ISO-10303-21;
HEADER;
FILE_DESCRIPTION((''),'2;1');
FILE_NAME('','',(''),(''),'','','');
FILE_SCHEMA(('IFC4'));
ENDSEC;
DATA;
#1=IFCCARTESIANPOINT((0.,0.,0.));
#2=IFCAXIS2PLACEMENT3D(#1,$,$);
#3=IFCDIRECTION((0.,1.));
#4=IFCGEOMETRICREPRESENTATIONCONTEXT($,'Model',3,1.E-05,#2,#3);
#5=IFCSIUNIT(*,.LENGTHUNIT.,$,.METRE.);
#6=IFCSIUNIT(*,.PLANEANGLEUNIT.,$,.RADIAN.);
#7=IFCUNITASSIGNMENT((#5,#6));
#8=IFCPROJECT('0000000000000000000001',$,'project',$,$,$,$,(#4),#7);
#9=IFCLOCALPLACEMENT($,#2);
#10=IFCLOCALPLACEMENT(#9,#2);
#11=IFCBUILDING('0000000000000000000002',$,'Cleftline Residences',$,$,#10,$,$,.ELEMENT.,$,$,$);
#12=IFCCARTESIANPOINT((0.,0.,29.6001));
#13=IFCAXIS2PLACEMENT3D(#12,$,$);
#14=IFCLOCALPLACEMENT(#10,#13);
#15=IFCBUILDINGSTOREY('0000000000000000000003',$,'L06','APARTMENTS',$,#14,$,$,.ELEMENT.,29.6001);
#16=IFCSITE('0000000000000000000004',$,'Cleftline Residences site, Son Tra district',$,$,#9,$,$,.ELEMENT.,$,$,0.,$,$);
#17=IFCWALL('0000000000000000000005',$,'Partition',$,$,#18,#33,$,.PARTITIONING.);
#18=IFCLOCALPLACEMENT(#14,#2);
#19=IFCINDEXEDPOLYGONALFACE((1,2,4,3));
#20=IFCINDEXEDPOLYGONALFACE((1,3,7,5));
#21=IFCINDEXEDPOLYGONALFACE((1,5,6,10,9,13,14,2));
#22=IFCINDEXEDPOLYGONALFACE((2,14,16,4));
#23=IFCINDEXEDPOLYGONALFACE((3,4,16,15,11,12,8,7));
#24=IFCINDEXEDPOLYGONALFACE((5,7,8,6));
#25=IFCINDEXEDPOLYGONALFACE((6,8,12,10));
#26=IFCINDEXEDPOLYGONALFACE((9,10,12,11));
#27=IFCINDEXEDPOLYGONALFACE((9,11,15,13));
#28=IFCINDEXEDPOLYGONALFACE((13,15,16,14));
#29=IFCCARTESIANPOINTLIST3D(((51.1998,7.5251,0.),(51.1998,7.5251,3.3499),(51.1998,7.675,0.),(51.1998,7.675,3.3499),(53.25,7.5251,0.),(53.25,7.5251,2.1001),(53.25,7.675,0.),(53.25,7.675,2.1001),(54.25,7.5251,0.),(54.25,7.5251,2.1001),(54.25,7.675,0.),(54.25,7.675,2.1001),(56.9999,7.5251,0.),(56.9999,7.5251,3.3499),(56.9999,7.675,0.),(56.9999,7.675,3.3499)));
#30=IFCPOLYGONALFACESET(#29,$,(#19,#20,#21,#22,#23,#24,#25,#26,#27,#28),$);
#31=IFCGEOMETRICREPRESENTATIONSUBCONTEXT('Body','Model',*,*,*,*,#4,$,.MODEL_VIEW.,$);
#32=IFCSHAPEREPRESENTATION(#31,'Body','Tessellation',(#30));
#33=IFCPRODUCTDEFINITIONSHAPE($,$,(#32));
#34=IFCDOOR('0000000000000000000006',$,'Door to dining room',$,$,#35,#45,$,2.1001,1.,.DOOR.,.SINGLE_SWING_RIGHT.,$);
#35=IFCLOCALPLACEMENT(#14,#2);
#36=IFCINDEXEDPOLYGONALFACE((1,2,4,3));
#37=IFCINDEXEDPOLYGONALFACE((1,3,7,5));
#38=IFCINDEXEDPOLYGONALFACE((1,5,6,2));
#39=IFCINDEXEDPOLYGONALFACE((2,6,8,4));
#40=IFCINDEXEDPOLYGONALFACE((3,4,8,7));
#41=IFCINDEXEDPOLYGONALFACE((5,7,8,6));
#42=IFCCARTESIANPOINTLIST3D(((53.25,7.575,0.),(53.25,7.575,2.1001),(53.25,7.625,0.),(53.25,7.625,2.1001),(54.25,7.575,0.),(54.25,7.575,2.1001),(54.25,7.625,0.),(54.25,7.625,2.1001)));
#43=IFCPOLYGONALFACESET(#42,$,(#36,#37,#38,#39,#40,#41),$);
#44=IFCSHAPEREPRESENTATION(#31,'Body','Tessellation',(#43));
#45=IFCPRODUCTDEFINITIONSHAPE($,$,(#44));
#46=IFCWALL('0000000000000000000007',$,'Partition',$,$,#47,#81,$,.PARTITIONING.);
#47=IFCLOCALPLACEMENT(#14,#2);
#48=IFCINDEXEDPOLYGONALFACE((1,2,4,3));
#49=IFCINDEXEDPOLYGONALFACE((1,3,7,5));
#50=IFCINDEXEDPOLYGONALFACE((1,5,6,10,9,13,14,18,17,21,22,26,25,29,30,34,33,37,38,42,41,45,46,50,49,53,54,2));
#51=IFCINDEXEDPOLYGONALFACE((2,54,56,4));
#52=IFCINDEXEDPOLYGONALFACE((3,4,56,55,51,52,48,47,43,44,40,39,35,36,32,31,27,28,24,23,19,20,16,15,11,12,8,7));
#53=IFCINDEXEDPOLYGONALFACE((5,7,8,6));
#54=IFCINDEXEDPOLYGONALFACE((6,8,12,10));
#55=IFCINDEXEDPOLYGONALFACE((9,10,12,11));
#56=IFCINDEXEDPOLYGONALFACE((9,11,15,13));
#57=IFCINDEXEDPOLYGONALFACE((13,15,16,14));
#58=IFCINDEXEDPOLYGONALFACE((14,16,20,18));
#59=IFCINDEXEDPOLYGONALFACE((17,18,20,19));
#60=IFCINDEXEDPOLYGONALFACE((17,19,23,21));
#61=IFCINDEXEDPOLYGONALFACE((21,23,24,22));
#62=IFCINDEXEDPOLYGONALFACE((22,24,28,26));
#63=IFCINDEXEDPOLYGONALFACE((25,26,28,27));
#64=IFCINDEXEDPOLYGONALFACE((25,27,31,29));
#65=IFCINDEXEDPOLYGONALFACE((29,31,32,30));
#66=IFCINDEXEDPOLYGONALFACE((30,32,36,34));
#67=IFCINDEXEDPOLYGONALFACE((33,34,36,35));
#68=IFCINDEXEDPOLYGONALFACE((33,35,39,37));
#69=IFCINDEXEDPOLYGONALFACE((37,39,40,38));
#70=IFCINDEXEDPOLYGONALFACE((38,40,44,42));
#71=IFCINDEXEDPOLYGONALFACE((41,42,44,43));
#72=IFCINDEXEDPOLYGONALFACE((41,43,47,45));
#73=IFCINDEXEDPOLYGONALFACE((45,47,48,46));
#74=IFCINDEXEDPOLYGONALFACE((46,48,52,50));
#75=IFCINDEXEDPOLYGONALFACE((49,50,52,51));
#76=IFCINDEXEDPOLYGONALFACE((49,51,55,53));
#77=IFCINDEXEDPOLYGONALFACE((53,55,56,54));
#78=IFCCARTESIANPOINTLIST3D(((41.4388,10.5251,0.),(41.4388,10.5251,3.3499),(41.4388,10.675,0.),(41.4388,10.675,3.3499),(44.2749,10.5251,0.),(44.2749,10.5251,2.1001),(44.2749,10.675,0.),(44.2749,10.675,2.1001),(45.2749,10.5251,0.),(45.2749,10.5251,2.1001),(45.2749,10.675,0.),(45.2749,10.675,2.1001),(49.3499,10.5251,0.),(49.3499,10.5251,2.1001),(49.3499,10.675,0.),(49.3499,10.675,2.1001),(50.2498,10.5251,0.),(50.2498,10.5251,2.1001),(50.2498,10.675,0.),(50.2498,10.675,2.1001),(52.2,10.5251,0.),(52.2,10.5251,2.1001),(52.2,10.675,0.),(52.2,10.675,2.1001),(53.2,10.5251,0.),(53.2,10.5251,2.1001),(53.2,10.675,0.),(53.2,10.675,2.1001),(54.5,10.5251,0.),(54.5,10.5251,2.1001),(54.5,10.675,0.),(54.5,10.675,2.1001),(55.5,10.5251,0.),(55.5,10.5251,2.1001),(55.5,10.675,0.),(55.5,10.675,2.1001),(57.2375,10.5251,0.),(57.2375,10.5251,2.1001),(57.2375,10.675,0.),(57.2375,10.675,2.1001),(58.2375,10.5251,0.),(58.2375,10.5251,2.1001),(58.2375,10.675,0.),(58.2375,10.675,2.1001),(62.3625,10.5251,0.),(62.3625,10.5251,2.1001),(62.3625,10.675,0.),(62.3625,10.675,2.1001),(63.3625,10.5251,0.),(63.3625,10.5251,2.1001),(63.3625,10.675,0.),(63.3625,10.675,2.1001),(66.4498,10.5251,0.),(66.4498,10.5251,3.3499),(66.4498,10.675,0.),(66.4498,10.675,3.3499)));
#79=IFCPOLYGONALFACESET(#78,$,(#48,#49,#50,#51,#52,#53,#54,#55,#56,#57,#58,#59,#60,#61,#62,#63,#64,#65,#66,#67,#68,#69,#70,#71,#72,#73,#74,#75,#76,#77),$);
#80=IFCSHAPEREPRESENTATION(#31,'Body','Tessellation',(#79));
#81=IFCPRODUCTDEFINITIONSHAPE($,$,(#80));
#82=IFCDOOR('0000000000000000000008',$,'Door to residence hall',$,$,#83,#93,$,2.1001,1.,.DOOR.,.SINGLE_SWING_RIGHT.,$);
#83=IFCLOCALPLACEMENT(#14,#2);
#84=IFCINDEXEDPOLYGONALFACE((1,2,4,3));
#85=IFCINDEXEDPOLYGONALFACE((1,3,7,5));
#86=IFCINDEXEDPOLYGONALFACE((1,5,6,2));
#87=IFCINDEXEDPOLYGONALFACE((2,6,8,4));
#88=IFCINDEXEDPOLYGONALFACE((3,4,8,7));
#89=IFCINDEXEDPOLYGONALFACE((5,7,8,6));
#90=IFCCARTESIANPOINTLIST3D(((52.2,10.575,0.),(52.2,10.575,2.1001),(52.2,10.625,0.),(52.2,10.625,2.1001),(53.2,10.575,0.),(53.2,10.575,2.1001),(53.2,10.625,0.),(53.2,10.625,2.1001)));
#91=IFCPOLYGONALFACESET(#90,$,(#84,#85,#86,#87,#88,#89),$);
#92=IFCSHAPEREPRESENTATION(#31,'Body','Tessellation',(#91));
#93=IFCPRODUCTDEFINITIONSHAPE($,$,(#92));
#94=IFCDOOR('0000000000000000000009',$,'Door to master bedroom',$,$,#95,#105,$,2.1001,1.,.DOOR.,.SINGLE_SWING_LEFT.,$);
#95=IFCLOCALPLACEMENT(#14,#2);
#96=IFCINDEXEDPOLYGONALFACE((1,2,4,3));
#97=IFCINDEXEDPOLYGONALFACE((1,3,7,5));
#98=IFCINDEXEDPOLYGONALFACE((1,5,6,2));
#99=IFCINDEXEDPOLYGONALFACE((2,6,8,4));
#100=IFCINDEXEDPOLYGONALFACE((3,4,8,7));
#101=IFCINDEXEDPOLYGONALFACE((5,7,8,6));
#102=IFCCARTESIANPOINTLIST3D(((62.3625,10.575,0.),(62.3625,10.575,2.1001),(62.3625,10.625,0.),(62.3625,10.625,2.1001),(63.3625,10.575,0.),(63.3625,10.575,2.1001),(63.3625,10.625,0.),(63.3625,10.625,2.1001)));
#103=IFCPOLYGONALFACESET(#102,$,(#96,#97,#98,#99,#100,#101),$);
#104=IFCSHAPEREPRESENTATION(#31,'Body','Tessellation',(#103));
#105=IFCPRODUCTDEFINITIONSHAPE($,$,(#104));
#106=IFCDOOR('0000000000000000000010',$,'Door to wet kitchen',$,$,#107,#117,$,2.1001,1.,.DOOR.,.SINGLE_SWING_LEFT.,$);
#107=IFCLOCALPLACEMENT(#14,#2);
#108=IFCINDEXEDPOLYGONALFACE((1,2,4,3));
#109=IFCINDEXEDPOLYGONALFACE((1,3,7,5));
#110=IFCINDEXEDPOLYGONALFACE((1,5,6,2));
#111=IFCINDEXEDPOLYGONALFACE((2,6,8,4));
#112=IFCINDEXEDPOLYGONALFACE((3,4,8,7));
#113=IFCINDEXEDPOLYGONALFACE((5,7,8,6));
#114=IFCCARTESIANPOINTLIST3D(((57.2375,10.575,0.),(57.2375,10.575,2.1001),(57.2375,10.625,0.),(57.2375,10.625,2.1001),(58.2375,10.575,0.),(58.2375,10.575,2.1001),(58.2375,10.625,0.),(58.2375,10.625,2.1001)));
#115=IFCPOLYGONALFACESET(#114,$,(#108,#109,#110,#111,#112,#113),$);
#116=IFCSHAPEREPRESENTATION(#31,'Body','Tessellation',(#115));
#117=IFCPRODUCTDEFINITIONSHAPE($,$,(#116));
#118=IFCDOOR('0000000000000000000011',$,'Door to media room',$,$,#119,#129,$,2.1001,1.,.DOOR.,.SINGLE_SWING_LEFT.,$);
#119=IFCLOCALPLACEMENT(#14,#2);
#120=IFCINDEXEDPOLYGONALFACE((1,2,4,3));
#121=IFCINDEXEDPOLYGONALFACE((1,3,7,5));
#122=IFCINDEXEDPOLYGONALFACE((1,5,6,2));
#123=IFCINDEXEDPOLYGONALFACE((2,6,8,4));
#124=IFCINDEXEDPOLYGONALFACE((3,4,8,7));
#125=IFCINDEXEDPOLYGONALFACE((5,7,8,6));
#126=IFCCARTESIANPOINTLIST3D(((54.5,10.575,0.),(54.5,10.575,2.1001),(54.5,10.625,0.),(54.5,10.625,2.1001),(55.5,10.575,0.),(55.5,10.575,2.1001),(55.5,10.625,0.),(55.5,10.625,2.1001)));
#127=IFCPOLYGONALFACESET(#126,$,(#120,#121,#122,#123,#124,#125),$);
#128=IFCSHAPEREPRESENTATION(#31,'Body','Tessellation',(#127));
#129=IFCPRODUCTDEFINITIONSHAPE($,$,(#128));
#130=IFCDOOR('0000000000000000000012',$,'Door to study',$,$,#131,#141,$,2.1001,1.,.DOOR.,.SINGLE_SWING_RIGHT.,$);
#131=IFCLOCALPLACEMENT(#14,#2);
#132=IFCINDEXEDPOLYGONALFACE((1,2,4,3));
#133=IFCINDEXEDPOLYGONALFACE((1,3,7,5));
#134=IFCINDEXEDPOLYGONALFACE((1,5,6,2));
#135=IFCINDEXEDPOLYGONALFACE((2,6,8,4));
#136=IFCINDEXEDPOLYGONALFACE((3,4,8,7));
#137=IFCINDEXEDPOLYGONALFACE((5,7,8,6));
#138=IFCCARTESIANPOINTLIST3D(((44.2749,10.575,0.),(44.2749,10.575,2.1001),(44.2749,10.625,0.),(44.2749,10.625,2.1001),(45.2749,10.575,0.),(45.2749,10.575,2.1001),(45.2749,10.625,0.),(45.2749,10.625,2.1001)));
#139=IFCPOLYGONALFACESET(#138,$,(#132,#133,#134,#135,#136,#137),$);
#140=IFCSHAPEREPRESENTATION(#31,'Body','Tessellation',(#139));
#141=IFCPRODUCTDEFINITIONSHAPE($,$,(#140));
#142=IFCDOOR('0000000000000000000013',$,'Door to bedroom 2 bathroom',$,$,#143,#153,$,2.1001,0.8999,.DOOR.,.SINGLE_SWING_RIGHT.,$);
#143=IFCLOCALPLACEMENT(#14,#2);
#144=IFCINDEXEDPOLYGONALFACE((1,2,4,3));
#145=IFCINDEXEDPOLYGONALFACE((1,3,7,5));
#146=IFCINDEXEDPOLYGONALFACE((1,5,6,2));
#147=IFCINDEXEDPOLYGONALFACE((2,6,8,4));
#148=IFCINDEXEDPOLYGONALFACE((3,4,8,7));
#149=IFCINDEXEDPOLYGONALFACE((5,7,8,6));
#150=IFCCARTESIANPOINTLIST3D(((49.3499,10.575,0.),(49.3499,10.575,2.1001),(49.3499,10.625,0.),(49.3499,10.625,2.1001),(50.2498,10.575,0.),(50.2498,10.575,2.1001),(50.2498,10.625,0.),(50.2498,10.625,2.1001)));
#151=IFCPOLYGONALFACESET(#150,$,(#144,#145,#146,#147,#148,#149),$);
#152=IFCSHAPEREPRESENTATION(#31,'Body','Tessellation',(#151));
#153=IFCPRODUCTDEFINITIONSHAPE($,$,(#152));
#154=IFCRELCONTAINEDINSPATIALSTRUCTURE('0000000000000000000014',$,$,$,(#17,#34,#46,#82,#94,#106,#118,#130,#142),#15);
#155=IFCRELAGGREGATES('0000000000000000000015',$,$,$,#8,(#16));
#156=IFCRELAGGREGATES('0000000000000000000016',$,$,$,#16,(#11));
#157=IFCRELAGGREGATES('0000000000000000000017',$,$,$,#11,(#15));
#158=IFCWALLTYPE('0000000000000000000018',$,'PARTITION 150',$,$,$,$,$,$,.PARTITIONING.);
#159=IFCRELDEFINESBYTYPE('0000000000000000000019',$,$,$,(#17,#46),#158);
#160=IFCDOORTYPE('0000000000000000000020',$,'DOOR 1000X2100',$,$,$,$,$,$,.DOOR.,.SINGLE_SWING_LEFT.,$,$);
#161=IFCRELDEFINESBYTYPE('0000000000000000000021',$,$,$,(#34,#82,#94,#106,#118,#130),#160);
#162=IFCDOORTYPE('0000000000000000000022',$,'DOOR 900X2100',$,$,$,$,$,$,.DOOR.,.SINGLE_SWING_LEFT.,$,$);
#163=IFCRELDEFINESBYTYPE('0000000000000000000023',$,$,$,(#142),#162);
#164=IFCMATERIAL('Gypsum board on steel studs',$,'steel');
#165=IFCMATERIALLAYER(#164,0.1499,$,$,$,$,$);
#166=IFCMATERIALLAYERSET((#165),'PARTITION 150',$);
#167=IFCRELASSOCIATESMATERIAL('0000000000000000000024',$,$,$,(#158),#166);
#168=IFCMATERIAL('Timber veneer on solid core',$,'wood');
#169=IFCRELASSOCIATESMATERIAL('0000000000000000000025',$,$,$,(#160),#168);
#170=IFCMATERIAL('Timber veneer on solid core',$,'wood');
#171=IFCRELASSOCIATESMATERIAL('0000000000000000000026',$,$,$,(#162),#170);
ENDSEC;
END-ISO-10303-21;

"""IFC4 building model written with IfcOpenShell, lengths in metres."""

from ifc_helpers import new_model, si_unit, direction, frame, frame_2d, origin, place, context, subcontext, project, spatial, rectangle, extrude, material, layer, layer_set, type_object, element, fill, save


model = new_model("IFC4")

# Units and contexts
model_context = context("Model", 3, precision=1e-05, world=origin(), true_north=direction((0.0, 1.0)))
body_context = subcontext(model_context, "Body", "Model", "MODEL_VIEW")
ifc_project = project(units=[si_unit("LENGTHUNIT", "METRE"), si_unit("PLANEANGLEUNIT", "RADIAN")], contexts=[model_context])

# Site, building, storey
site_placement = place(None, origin())
site = spatial("IfcSite", under=ifc_project, at=site_placement, Name="Cleftline Residences site, Son Tra district", CompositionType="ELEMENT", RefElevation=0.0)
building_placement = place(site_placement, origin())
building = spatial("IfcBuilding", under=site, at=building_placement, Name="Cleftline Residences", CompositionType="ELEMENT")
storey_placement = place(building_placement, frame((0.0, 0.0, 29.6001)))
storey = spatial("IfcBuildingStorey", under=building, at=storey_placement, Name="L06", Description="APARTMENTS", CompositionType="ELEMENT", Elevation=29.6001)

# Shared definitions
ifc_material_1 = material(Name="Gypsum board on steel studs", Category="steel")
ifc_layer_1 = layer(ifc_material_1, 0.1499)
ifc_layer_set_1 = layer_set([ifc_layer_1], Name="PARTITION 150")
wall_type = type_object("IfcWallType", Name="PARTITION 150", PredefinedType="PARTITIONING", material=ifc_layer_set_1)
ifc_material_2 = material(Name="Timber veneer on solid core", Category="wood")
door_type_1 = type_object("IfcDoorType", Name="DOOR 1000X2100", OperationType="SINGLE_SWING_LEFT", PredefinedType="DOOR", material=ifc_material_2)

# Wall, opening, door
wall_1_placement = place(storey_placement, frame((51.2, 7.6001, 0.0), z_axis=(0.0, 0.0, 1.0), x_axis=(1.0, 0.0, 0.0)))
wall_1 = element("IfcWall", 1, at=wall_1_placement, inside=storey, type_object=wall_type, Name="Partition", PredefinedType="PARTITIONING", context=body_context, shape_type="SweptSolid", body=[
    extrude(rectangle(XDim=5.8, YDim=0.1499, at=frame_2d((2.8999, 0.0))), origin(), (0.0, 0.0, 1.0), 3.3499),
])
opening_1_placement = place(wall_1_placement, frame((2.05, 0.0, 0.0)))
opening_1 = element("IfcOpeningElement", 2, at=opening_1_placement, cuts=wall_1, PredefinedType="OPENING", context=body_context, shape_type="SweptSolid", body=[
    extrude(rectangle(XDim=1.0, YDim=2.1001, at=frame_2d((0.5, 1.05))), frame((0.0, 0.085, 0.0), z_axis=(0.0, -1.0, 0.0), x_axis=(1.0, 0.0, 0.0)), (0.0, 0.0, 1.0), 0.1699),
])
door_1_placement = place(opening_1_placement, origin())
door_1 = element("IfcDoor", 3, at=door_1_placement, inside=storey, type_object=door_type_1, Name="Door to dining room", OperationType="SINGLE_SWING_RIGHT", OverallHeight=2.1001, OverallWidth=1.0, PredefinedType="DOOR", context=body_context, shape_type="SweptSolid", body=[
    extrude(rectangle(XDim=1.0, YDim=2.1001, at=frame_2d((0.5, 1.05))), frame((0.0, 0.0249, 0.0), z_axis=(0.0, -1.0, 0.0), x_axis=(1.0, 0.0, 0.0)), (0.0, 0.0, 1.0), 0.05),
])
fill(opening_1, door_1)

# Wall, openings, doors
wall_2_placement = place(storey_placement, frame((41.439, 10.6001, 0.0), z_axis=(0.0, 0.0, 1.0), x_axis=(1.0, 0.0, 0.0)))
wall_2 = element("IfcWall", 4, at=wall_2_placement, inside=storey, type_object=wall_type, Name="Partition", PredefinedType="PARTITIONING", context=body_context, shape_type="SweptSolid", body=[
    extrude(rectangle(XDim=25.011, YDim=0.1499, at=frame_2d((12.5054, 0.0))), origin(), (0.0, 0.0, 1.0), 3.3499),
])
opening_2_placement = place(wall_2_placement, frame((10.761, 0.0, 0.0)))
opening_2 = element("IfcOpeningElement", 5, at=opening_2_placement, cuts=wall_2, PredefinedType="OPENING", context=body_context, shape_type="SweptSolid", body=[
    extrude(rectangle(XDim=1.0, YDim=2.1001, at=frame_2d((0.5, 1.05))), frame((0.0, 0.085, 0.0), z_axis=(0.0, -1.0, 0.0), x_axis=(1.0, 0.0, 0.0)), (0.0, 0.0, 1.0), 0.1699),
])
opening_3_placement = place(wall_2_placement, frame((20.9236, 0.0, 0.0)))
opening_3 = element("IfcOpeningElement", 6, at=opening_3_placement, cuts=wall_2, PredefinedType="OPENING", context=body_context, shape_type="SweptSolid", body=[
    extrude(rectangle(XDim=1.0, YDim=2.1001, at=frame_2d((0.5, 1.05))), frame((0.0, 0.085, 0.0), z_axis=(0.0, -1.0, 0.0), x_axis=(1.0, 0.0, 0.0)), (0.0, 0.0, 1.0), 0.1699),
])
opening_4_placement = place(wall_2_placement, frame((15.7986, 0.0, 0.0)))
opening_4 = element("IfcOpeningElement", 7, at=opening_4_placement, cuts=wall_2, PredefinedType="OPENING", context=body_context, shape_type="SweptSolid", body=[
    extrude(rectangle(XDim=1.0, YDim=2.1001, at=frame_2d((0.5, 1.05))), frame((0.0, 0.085, 0.0), z_axis=(0.0, -1.0, 0.0), x_axis=(1.0, 0.0, 0.0)), (0.0, 0.0, 1.0), 0.1699),
])
opening_5_placement = place(wall_2_placement, frame((13.061, 0.0, 0.0)))
opening_5 = element("IfcOpeningElement", 8, at=opening_5_placement, cuts=wall_2, PredefinedType="OPENING", context=body_context, shape_type="SweptSolid", body=[
    extrude(rectangle(XDim=1.0, YDim=2.1001, at=frame_2d((0.5, 1.05))), frame((0.0, 0.085, 0.0), z_axis=(0.0, -1.0, 0.0), x_axis=(1.0, 0.0, 0.0)), (0.0, 0.0, 1.0), 0.1699),
])
opening_6_placement = place(wall_2_placement, frame((7.9109, 0.0, 0.0)))
opening_6 = element("IfcOpeningElement", 9, at=opening_6_placement, cuts=wall_2, PredefinedType="OPENING", context=body_context, shape_type="SweptSolid", body=[
    extrude(rectangle(XDim=0.8999, YDim=2.1001, at=frame_2d((0.45, 1.05))), frame((0.0, 0.085, 0.0), z_axis=(0.0, -1.0, 0.0), x_axis=(1.0, 0.0, 0.0)), (0.0, 0.0, 1.0), 0.1699),
])
opening_7_placement = place(wall_2_placement, frame((2.8359, 0.0, 0.0)))
opening_7 = element("IfcOpeningElement", 10, at=opening_7_placement, cuts=wall_2, PredefinedType="OPENING", context=body_context, shape_type="SweptSolid", body=[
    extrude(rectangle(XDim=1.0, YDim=2.1001, at=frame_2d((0.5, 1.05))), frame((0.0, 0.085, 0.0), z_axis=(0.0, -1.0, 0.0), x_axis=(1.0, 0.0, 0.0)), (0.0, 0.0, 1.0), 0.1699),
])
door_2_placement = place(opening_2_placement, origin())
door_2 = element("IfcDoor", 11, at=door_2_placement, inside=storey, type_object=door_type_1, Name="Door to residence hall", OperationType="SINGLE_SWING_RIGHT", OverallHeight=2.1001, OverallWidth=1.0, PredefinedType="DOOR", context=body_context, shape_type="SweptSolid", body=[
    extrude(rectangle(XDim=1.0, YDim=2.1001, at=frame_2d((0.5, 1.05))), frame((0.0, 0.0249, 0.0), z_axis=(0.0, -1.0, 0.0), x_axis=(1.0, 0.0, 0.0)), (0.0, 0.0, 1.0), 0.05),
])
fill(opening_2, door_2)
door_3_placement = place(opening_3_placement, origin())
door_3 = element("IfcDoor", 12, at=door_3_placement, inside=storey, type_object=door_type_1, Name="Door to master bedroom", OperationType="SINGLE_SWING_LEFT", OverallHeight=2.1001, OverallWidth=1.0, PredefinedType="DOOR", context=body_context, shape_type="SweptSolid", body=[
    extrude(rectangle(XDim=1.0, YDim=2.1001, at=frame_2d((0.5, 1.05))), frame((0.0, 0.0249, 0.0), z_axis=(0.0, -1.0, 0.0), x_axis=(1.0, 0.0, 0.0)), (0.0, 0.0, 1.0), 0.05),
])
fill(opening_3, door_3)
door_4_placement = place(opening_4_placement, origin())
door_4 = element("IfcDoor", 13, at=door_4_placement, inside=storey, type_object=door_type_1, Name="Door to wet kitchen", OperationType="SINGLE_SWING_LEFT", OverallHeight=2.1001, OverallWidth=1.0, PredefinedType="DOOR", context=body_context, shape_type="SweptSolid", body=[
    extrude(rectangle(XDim=1.0, YDim=2.1001, at=frame_2d((0.5, 1.05))), frame((0.0, 0.0249, 0.0), z_axis=(0.0, -1.0, 0.0), x_axis=(1.0, 0.0, 0.0)), (0.0, 0.0, 1.0), 0.05),
])
fill(opening_4, door_4)
door_5_placement = place(opening_5_placement, origin())
door_5 = element("IfcDoor", 14, at=door_5_placement, inside=storey, type_object=door_type_1, Name="Door to media room", OperationType="SINGLE_SWING_LEFT", OverallHeight=2.1001, OverallWidth=1.0, PredefinedType="DOOR", context=body_context, shape_type="SweptSolid", body=[
    extrude(rectangle(XDim=1.0, YDim=2.1001, at=frame_2d((0.5, 1.05))), frame((0.0, 0.0249, 0.0), z_axis=(0.0, -1.0, 0.0), x_axis=(1.0, 0.0, 0.0)), (0.0, 0.0, 1.0), 0.05),
])
fill(opening_5, door_5)
door_6_placement = place(opening_7_placement, origin())
door_6 = element("IfcDoor", 15, at=door_6_placement, inside=storey, type_object=door_type_1, Name="Door to study", OperationType="SINGLE_SWING_RIGHT", OverallHeight=2.1001, OverallWidth=1.0, PredefinedType="DOOR", context=body_context, shape_type="SweptSolid", body=[
    extrude(rectangle(XDim=1.0, YDim=2.1001, at=frame_2d((0.5, 1.05))), frame((0.0, 0.0249, 0.0), z_axis=(0.0, -1.0, 0.0), x_axis=(1.0, 0.0, 0.0)), (0.0, 0.0, 1.0), 0.05),
])
fill(opening_7, door_6)
ifc_material_3 = material(Name="Timber veneer on solid core", Category="wood")
door_type_2 = type_object("IfcDoorType", Name="DOOR 900X2100", OperationType="SINGLE_SWING_LEFT", PredefinedType="DOOR", material=ifc_material_3)
door_7_placement = place(opening_6_placement, origin())
door_7 = element("IfcDoor", 16, at=door_7_placement, inside=storey, type_object=door_type_2, Name="Door to bedroom 2 bathroom", OperationType="SINGLE_SWING_RIGHT", OverallHeight=2.1001, OverallWidth=0.8999, PredefinedType="DOOR", context=body_context, shape_type="SweptSolid", body=[
    extrude(rectangle(XDim=0.8999, YDim=2.1001, at=frame_2d((0.45, 1.05))), frame((0.0, 0.0249, 0.0), z_axis=(0.0, -1.0, 0.0), x_axis=(1.0, 0.0, 0.0)), (0.0, 0.0, 1.0), 0.05),
])
fill(opening_6, door_7)

save(model, "model.ifc")
